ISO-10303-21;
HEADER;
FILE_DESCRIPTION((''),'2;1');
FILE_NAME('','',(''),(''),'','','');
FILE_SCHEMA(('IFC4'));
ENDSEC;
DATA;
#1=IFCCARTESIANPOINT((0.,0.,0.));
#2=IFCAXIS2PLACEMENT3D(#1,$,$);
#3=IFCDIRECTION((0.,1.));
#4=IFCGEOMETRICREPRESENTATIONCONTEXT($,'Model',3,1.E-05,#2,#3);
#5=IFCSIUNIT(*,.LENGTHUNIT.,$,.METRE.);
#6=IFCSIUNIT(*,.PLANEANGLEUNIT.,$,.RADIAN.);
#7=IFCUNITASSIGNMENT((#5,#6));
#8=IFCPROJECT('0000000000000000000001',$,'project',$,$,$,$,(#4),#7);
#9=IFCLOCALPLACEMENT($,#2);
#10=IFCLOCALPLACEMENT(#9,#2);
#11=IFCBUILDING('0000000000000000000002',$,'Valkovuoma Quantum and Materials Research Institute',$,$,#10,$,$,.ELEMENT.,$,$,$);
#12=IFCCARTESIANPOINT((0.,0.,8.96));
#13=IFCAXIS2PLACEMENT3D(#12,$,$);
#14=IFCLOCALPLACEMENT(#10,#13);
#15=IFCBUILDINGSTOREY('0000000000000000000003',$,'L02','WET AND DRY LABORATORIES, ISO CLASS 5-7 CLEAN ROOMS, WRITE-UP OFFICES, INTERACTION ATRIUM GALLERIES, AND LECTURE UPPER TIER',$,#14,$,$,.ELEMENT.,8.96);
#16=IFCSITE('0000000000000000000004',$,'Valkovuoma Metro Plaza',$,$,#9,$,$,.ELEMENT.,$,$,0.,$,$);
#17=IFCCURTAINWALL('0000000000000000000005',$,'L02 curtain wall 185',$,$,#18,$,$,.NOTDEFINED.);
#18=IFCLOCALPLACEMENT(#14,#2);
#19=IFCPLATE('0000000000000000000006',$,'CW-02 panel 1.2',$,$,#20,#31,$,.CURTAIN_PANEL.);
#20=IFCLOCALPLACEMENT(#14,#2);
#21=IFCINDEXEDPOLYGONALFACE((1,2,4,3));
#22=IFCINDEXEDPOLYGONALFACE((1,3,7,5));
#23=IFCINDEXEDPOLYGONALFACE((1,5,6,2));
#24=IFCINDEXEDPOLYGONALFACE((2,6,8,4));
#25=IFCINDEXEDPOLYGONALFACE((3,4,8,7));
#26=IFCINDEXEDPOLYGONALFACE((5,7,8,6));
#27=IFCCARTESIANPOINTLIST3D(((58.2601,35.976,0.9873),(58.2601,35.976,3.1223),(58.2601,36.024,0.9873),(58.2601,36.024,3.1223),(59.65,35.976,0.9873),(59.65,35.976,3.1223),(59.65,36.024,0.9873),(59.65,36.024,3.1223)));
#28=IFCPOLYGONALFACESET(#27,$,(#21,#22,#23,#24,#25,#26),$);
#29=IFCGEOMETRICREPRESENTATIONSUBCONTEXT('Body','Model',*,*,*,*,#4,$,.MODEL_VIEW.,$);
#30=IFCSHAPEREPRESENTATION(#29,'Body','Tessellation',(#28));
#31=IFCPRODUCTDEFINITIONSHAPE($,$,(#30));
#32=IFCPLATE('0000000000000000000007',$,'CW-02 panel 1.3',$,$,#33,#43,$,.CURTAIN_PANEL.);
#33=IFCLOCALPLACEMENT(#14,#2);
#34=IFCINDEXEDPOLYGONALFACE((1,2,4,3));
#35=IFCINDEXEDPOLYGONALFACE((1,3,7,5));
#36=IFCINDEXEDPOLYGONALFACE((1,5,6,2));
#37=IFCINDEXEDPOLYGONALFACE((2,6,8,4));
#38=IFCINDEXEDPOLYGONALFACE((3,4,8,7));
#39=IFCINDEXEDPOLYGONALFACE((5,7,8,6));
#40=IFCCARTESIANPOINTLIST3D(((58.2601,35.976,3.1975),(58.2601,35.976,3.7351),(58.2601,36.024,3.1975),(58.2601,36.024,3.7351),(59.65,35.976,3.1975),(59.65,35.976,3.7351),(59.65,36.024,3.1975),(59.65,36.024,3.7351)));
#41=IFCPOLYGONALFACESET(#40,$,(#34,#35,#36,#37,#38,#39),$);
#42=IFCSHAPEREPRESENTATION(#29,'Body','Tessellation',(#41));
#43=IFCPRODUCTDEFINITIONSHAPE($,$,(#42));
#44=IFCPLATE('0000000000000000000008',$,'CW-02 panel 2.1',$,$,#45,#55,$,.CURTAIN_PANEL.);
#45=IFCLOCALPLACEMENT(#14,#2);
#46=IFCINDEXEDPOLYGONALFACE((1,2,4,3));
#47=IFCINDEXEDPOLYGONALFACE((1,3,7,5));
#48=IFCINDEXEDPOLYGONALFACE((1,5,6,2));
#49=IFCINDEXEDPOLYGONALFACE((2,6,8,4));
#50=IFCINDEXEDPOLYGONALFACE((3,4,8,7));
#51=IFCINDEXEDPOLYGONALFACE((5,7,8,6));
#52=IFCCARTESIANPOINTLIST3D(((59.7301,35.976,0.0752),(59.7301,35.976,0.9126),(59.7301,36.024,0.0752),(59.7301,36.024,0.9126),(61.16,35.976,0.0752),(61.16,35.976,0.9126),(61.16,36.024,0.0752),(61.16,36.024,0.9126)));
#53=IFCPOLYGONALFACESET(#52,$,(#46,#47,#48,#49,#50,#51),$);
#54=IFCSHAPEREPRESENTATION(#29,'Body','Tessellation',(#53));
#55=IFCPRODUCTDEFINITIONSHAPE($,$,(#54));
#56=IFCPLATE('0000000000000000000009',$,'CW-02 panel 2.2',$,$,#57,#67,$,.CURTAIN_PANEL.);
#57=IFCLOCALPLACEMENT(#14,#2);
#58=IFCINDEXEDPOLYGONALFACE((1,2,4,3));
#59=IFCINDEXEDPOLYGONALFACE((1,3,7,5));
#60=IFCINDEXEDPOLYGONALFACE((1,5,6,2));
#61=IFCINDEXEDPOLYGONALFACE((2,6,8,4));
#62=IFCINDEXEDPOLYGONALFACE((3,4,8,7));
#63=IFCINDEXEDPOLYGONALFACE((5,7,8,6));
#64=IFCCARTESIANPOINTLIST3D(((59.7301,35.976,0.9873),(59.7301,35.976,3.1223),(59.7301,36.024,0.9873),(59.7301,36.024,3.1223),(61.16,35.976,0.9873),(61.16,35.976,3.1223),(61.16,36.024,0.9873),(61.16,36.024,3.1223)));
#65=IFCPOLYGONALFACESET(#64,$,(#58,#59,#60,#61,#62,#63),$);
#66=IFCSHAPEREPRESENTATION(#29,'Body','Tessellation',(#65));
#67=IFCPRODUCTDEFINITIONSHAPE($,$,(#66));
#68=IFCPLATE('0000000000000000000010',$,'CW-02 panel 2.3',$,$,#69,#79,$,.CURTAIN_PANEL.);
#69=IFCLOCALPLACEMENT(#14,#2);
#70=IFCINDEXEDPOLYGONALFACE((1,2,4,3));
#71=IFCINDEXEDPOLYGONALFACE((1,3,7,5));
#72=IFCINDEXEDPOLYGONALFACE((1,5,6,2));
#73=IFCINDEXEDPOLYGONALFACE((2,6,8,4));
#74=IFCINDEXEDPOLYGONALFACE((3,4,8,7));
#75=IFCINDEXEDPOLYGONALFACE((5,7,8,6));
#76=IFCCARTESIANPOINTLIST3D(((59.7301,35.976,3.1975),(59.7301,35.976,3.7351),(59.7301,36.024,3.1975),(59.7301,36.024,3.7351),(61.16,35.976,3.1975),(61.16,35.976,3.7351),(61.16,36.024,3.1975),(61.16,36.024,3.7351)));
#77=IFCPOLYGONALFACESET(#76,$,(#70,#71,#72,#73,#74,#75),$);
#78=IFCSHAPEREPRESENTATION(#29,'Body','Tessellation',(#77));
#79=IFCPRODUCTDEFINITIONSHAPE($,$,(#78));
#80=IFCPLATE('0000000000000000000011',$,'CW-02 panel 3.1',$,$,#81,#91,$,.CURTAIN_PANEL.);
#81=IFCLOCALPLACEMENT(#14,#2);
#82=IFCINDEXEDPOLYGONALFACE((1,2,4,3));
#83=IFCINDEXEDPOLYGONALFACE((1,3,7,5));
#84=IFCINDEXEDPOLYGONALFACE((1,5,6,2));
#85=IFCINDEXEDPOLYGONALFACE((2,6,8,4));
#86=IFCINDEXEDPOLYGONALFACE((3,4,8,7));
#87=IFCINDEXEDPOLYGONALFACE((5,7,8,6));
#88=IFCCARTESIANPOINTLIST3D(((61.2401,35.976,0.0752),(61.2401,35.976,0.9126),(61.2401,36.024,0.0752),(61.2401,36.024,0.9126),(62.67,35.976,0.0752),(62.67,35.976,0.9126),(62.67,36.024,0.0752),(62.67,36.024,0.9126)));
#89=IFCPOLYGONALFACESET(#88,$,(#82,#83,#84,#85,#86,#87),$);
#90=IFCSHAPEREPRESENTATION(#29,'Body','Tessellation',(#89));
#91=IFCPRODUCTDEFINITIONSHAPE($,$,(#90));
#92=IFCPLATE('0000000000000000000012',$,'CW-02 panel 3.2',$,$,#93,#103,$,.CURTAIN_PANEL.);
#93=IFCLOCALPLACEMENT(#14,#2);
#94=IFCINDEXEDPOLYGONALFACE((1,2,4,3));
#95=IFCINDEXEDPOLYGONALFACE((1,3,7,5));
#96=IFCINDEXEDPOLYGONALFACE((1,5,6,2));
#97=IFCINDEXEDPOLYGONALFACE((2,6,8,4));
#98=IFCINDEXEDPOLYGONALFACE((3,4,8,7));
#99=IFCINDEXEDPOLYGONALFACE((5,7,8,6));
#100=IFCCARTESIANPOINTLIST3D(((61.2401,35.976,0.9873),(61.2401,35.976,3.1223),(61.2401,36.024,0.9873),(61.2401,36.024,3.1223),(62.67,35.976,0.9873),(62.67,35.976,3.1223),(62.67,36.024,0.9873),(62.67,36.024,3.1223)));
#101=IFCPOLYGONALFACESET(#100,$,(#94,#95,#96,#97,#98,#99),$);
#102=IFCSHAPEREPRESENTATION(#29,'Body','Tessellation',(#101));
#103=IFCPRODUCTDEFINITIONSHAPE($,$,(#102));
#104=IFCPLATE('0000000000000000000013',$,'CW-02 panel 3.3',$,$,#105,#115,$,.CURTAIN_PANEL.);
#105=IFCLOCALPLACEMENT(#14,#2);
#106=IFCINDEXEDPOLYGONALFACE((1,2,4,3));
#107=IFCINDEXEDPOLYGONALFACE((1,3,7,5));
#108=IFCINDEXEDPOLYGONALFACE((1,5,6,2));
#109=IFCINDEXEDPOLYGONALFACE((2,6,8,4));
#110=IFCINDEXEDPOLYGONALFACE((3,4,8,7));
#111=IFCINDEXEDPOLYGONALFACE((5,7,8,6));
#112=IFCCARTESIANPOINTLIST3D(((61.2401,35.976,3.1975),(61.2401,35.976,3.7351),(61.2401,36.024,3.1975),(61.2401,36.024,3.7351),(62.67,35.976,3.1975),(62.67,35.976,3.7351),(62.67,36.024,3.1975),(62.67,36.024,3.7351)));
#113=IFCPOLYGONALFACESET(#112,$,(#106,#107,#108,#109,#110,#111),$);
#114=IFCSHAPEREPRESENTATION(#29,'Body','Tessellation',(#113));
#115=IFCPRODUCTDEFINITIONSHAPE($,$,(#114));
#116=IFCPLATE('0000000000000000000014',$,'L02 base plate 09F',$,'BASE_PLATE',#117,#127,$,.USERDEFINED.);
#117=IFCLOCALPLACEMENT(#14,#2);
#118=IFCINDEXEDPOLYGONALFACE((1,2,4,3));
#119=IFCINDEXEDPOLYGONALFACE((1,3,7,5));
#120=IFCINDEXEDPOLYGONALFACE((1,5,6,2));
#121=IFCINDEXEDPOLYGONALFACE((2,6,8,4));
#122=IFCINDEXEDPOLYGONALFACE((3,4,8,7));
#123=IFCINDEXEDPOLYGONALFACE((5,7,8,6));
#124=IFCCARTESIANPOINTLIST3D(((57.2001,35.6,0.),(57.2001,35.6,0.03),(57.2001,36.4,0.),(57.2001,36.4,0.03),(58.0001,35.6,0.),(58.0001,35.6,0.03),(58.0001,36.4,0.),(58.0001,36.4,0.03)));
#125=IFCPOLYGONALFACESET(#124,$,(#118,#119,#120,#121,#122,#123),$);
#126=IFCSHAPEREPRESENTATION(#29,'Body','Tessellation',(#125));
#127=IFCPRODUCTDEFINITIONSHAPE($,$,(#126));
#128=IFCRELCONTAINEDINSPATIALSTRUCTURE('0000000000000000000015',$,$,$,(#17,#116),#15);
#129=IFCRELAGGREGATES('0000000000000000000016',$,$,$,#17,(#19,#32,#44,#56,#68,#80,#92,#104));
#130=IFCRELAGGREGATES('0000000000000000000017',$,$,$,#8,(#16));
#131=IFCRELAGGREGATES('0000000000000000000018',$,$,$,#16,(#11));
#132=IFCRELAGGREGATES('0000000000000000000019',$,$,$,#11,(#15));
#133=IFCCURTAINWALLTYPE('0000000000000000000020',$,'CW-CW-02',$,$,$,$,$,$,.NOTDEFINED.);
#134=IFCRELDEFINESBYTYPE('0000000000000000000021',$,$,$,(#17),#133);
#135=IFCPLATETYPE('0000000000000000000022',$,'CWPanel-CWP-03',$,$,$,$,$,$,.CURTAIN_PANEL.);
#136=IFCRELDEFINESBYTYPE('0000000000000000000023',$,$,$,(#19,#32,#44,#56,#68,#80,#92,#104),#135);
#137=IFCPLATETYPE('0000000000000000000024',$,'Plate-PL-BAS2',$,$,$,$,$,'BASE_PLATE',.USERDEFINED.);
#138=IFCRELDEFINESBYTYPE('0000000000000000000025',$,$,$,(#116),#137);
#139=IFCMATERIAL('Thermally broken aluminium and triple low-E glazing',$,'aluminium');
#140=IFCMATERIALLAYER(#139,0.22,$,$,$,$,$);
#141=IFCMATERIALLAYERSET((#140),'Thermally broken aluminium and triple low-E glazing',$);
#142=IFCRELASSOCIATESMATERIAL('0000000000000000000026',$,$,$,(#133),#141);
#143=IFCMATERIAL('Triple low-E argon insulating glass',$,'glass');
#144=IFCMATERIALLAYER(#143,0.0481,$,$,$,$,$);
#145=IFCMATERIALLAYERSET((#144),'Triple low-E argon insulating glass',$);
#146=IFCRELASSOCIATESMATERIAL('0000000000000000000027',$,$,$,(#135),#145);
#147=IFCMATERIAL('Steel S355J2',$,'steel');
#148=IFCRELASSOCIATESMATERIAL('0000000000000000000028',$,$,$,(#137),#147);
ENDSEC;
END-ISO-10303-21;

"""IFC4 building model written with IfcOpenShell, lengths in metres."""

from ifc_helpers import new_model, si_unit, direction, frame, origin, origin_2d, place, context, subcontext, project, spatial, rectangle, extrude, material, layer, layer_set, type_object, element, aggregate, save


model = new_model("IFC4")

# Units and contexts
model_context = context("Model", 3, precision=1e-05, world=origin(), true_north=direction((0.0, 1.0)))
body_context = subcontext(model_context, "Body", "Model", "MODEL_VIEW")
ifc_project = project(units=[si_unit("LENGTHUNIT", "METRE"), si_unit("PLANEANGLEUNIT", "RADIAN")], contexts=[model_context])

# Site, building, storey
site_placement = place(None, origin())
site = spatial("IfcSite", under=ifc_project, at=site_placement, Name="Valkovuoma Metro Plaza", CompositionType="ELEMENT", RefElevation=0.0)
building_placement = place(site_placement, origin())
building = spatial("IfcBuilding", under=site, at=building_placement, Name="Valkovuoma Quantum and Materials Research Institute", CompositionType="ELEMENT")
storey_placement = place(building_placement, frame((0.0, 0.0, 8.96)))
storey = spatial("IfcBuildingStorey", under=building, at=storey_placement, Name="L02", Description="WET AND DRY LABORATORIES, ISO CLASS 5-7 CLEAN ROOMS, WRITE-UP OFFICES, INTERACTION ATRIUM GALLERIES, AND LECTURE UPPER TIER", CompositionType="ELEMENT", Elevation=8.96)

# Shared definitions
ifc_material_1 = material(Name="Thermally broken aluminium and triple low-E glazing", Category="aluminium")
ifc_layer_1 = layer(ifc_material_1, 0.22)
ifc_layer_set_1 = layer_set([ifc_layer_1], Name="Thermally broken aluminium and triple low-E glazing")
curtain_wall_type = type_object("IfcCurtainWallType", Name="CW-CW-02", PredefinedType="NOTDEFINED", material=ifc_layer_set_1)

# Curtain wall
curtain_wall_1_placement = place(storey_placement, origin())
curtain_wall_1 = element("IfcCurtainWall", 1, at=curtain_wall_1_placement, inside=storey, type_object=curtain_wall_type, Name="L02 curtain wall 185", PredefinedType="NOTDEFINED")

# Plates
ifc_material_2 = material(Name="Triple low-E argon insulating glass", Category="glass")
ifc_layer_2 = layer(ifc_material_2, 0.0481)
ifc_layer_set_2 = layer_set([ifc_layer_2], Name="Triple low-E argon insulating glass")
plate_type_1 = type_object("IfcPlateType", Name="CWPanel-CWP-03", PredefinedType="CURTAIN_PANEL", material=ifc_layer_set_2)
plate_1_placement = place(storey_placement, frame((58.9551, 36.0, 0.9873), z_axis=(0.0, 0.0, 1.0), x_axis=(1.0, 0.0, 0.0)))
plate_1 = element("IfcPlate", 2, at=plate_1_placement, type_object=plate_type_1, Name="CW-02 panel 1.2", PredefinedType="CURTAIN_PANEL", context=body_context, shape_type="SweptSolid", body=[
    extrude(rectangle(XDim=1.3899, YDim=0.0481, at=origin_2d()), origin(), (0.0, 0.0, 1.0), 2.135),
])
plate_2_placement = place(storey_placement, frame((58.9551, 36.0, 3.1975), z_axis=(0.0, 0.0, 1.0), x_axis=(1.0, 0.0, 0.0)))
plate_2 = element("IfcPlate", 3, at=plate_2_placement, type_object=plate_type_1, Name="CW-02 panel 1.3", PredefinedType="CURTAIN_PANEL", context=body_context, shape_type="SweptSolid", body=[
    extrude(rectangle(XDim=1.3899, YDim=0.0481, at=origin_2d()), origin(), (0.0, 0.0, 1.0), 0.5376),
])
plate_3_placement = place(storey_placement, frame((60.4451, 36.0, 0.0752), z_axis=(0.0, 0.0, 1.0), x_axis=(1.0, 0.0, 0.0)))
plate_3 = element("IfcPlate", 4, at=plate_3_placement, type_object=plate_type_1, Name="CW-02 panel 2.1", PredefinedType="CURTAIN_PANEL", context=body_context, shape_type="SweptSolid", body=[
    extrude(rectangle(XDim=1.4299, YDim=0.0481, at=origin_2d()), origin(), (0.0, 0.0, 1.0), 0.8374),
])
plate_4_placement = place(storey_placement, frame((60.4451, 36.0, 0.9873), z_axis=(0.0, 0.0, 1.0), x_axis=(1.0, 0.0, 0.0)))
plate_4 = element("IfcPlate", 5, at=plate_4_placement, type_object=plate_type_1, Name="CW-02 panel 2.2", PredefinedType="CURTAIN_PANEL", context=body_context, shape_type="SweptSolid", body=[
    extrude(rectangle(XDim=1.4299, YDim=0.0481, at=origin_2d()), origin(), (0.0, 0.0, 1.0), 2.135),
])
plate_5_placement = place(storey_placement, frame((60.4451, 36.0, 3.1975), z_axis=(0.0, 0.0, 1.0), x_axis=(1.0, 0.0, 0.0)))
plate_5 = element("IfcPlate", 6, at=plate_5_placement, type_object=plate_type_1, Name="CW-02 panel 2.3", PredefinedType="CURTAIN_PANEL", context=body_context, shape_type="SweptSolid", body=[
    extrude(rectangle(XDim=1.4299, YDim=0.0481, at=origin_2d()), origin(), (0.0, 0.0, 1.0), 0.5376),
])
plate_6_placement = place(storey_placement, frame((61.9551, 36.0, 0.0752), z_axis=(0.0, 0.0, 1.0), x_axis=(1.0, 0.0, 0.0)))
plate_6 = element("IfcPlate", 7, at=plate_6_placement, type_object=plate_type_1, Name="CW-02 panel 3.1", PredefinedType="CURTAIN_PANEL", context=body_context, shape_type="SweptSolid", body=[
    extrude(rectangle(XDim=1.4299, YDim=0.0481, at=origin_2d()), origin(), (0.0, 0.0, 1.0), 0.8374),
])
plate_7_placement = place(storey_placement, frame((61.9551, 36.0, 0.9873), z_axis=(0.0, 0.0, 1.0), x_axis=(1.0, 0.0, 0.0)))
plate_7 = element("IfcPlate", 8, at=plate_7_placement, type_object=plate_type_1, Name="CW-02 panel 3.2", PredefinedType="CURTAIN_PANEL", context=body_context, shape_type="SweptSolid", body=[
    extrude(rectangle(XDim=1.4299, YDim=0.0481, at=origin_2d()), origin(), (0.0, 0.0, 1.0), 2.135),
])
plate_8_placement = place(storey_placement, frame((61.9551, 36.0, 3.1975), z_axis=(0.0, 0.0, 1.0), x_axis=(1.0, 0.0, 0.0)))
plate_8 = element("IfcPlate", 9, at=plate_8_placement, type_object=plate_type_1, Name="CW-02 panel 3.3", PredefinedType="CURTAIN_PANEL", context=body_context, shape_type="SweptSolid", body=[
    extrude(rectangle(XDim=1.4299, YDim=0.0481, at=origin_2d()), origin(), (0.0, 0.0, 1.0), 0.5376),
])
aggregate(curtain_wall_1, [plate_1, plate_2, plate_3, plate_4, plate_5, plate_6, plate_7, plate_8])
ifc_material_3 = material(Name="Steel S355J2", Category="steel")
plate_type_2 = type_object("IfcPlateType", Name="Plate-PL-BAS2", ElementType="BASE_PLATE", PredefinedType="USERDEFINED", material=ifc_material_3)
plate_9_placement = place(storey_placement, frame((57.6001, 36.0, 0.0), z_axis=(0.0, 0.0, 1.0), x_axis=(1.0, 0.0, 0.0)))
element("IfcPlate", 10, at=plate_9_placement, inside=storey, type_object=plate_type_2, Name="L02 base plate 09F", ObjectType="BASE_PLATE", PredefinedType="USERDEFINED", context=body_context, shape_type="SweptSolid", body=[
    extrude(rectangle(XDim=0.8, YDim=0.8, at=origin_2d()), origin(), (0.0, 0.0, 1.0), 0.03),
])

save(model, "model.ifc")
